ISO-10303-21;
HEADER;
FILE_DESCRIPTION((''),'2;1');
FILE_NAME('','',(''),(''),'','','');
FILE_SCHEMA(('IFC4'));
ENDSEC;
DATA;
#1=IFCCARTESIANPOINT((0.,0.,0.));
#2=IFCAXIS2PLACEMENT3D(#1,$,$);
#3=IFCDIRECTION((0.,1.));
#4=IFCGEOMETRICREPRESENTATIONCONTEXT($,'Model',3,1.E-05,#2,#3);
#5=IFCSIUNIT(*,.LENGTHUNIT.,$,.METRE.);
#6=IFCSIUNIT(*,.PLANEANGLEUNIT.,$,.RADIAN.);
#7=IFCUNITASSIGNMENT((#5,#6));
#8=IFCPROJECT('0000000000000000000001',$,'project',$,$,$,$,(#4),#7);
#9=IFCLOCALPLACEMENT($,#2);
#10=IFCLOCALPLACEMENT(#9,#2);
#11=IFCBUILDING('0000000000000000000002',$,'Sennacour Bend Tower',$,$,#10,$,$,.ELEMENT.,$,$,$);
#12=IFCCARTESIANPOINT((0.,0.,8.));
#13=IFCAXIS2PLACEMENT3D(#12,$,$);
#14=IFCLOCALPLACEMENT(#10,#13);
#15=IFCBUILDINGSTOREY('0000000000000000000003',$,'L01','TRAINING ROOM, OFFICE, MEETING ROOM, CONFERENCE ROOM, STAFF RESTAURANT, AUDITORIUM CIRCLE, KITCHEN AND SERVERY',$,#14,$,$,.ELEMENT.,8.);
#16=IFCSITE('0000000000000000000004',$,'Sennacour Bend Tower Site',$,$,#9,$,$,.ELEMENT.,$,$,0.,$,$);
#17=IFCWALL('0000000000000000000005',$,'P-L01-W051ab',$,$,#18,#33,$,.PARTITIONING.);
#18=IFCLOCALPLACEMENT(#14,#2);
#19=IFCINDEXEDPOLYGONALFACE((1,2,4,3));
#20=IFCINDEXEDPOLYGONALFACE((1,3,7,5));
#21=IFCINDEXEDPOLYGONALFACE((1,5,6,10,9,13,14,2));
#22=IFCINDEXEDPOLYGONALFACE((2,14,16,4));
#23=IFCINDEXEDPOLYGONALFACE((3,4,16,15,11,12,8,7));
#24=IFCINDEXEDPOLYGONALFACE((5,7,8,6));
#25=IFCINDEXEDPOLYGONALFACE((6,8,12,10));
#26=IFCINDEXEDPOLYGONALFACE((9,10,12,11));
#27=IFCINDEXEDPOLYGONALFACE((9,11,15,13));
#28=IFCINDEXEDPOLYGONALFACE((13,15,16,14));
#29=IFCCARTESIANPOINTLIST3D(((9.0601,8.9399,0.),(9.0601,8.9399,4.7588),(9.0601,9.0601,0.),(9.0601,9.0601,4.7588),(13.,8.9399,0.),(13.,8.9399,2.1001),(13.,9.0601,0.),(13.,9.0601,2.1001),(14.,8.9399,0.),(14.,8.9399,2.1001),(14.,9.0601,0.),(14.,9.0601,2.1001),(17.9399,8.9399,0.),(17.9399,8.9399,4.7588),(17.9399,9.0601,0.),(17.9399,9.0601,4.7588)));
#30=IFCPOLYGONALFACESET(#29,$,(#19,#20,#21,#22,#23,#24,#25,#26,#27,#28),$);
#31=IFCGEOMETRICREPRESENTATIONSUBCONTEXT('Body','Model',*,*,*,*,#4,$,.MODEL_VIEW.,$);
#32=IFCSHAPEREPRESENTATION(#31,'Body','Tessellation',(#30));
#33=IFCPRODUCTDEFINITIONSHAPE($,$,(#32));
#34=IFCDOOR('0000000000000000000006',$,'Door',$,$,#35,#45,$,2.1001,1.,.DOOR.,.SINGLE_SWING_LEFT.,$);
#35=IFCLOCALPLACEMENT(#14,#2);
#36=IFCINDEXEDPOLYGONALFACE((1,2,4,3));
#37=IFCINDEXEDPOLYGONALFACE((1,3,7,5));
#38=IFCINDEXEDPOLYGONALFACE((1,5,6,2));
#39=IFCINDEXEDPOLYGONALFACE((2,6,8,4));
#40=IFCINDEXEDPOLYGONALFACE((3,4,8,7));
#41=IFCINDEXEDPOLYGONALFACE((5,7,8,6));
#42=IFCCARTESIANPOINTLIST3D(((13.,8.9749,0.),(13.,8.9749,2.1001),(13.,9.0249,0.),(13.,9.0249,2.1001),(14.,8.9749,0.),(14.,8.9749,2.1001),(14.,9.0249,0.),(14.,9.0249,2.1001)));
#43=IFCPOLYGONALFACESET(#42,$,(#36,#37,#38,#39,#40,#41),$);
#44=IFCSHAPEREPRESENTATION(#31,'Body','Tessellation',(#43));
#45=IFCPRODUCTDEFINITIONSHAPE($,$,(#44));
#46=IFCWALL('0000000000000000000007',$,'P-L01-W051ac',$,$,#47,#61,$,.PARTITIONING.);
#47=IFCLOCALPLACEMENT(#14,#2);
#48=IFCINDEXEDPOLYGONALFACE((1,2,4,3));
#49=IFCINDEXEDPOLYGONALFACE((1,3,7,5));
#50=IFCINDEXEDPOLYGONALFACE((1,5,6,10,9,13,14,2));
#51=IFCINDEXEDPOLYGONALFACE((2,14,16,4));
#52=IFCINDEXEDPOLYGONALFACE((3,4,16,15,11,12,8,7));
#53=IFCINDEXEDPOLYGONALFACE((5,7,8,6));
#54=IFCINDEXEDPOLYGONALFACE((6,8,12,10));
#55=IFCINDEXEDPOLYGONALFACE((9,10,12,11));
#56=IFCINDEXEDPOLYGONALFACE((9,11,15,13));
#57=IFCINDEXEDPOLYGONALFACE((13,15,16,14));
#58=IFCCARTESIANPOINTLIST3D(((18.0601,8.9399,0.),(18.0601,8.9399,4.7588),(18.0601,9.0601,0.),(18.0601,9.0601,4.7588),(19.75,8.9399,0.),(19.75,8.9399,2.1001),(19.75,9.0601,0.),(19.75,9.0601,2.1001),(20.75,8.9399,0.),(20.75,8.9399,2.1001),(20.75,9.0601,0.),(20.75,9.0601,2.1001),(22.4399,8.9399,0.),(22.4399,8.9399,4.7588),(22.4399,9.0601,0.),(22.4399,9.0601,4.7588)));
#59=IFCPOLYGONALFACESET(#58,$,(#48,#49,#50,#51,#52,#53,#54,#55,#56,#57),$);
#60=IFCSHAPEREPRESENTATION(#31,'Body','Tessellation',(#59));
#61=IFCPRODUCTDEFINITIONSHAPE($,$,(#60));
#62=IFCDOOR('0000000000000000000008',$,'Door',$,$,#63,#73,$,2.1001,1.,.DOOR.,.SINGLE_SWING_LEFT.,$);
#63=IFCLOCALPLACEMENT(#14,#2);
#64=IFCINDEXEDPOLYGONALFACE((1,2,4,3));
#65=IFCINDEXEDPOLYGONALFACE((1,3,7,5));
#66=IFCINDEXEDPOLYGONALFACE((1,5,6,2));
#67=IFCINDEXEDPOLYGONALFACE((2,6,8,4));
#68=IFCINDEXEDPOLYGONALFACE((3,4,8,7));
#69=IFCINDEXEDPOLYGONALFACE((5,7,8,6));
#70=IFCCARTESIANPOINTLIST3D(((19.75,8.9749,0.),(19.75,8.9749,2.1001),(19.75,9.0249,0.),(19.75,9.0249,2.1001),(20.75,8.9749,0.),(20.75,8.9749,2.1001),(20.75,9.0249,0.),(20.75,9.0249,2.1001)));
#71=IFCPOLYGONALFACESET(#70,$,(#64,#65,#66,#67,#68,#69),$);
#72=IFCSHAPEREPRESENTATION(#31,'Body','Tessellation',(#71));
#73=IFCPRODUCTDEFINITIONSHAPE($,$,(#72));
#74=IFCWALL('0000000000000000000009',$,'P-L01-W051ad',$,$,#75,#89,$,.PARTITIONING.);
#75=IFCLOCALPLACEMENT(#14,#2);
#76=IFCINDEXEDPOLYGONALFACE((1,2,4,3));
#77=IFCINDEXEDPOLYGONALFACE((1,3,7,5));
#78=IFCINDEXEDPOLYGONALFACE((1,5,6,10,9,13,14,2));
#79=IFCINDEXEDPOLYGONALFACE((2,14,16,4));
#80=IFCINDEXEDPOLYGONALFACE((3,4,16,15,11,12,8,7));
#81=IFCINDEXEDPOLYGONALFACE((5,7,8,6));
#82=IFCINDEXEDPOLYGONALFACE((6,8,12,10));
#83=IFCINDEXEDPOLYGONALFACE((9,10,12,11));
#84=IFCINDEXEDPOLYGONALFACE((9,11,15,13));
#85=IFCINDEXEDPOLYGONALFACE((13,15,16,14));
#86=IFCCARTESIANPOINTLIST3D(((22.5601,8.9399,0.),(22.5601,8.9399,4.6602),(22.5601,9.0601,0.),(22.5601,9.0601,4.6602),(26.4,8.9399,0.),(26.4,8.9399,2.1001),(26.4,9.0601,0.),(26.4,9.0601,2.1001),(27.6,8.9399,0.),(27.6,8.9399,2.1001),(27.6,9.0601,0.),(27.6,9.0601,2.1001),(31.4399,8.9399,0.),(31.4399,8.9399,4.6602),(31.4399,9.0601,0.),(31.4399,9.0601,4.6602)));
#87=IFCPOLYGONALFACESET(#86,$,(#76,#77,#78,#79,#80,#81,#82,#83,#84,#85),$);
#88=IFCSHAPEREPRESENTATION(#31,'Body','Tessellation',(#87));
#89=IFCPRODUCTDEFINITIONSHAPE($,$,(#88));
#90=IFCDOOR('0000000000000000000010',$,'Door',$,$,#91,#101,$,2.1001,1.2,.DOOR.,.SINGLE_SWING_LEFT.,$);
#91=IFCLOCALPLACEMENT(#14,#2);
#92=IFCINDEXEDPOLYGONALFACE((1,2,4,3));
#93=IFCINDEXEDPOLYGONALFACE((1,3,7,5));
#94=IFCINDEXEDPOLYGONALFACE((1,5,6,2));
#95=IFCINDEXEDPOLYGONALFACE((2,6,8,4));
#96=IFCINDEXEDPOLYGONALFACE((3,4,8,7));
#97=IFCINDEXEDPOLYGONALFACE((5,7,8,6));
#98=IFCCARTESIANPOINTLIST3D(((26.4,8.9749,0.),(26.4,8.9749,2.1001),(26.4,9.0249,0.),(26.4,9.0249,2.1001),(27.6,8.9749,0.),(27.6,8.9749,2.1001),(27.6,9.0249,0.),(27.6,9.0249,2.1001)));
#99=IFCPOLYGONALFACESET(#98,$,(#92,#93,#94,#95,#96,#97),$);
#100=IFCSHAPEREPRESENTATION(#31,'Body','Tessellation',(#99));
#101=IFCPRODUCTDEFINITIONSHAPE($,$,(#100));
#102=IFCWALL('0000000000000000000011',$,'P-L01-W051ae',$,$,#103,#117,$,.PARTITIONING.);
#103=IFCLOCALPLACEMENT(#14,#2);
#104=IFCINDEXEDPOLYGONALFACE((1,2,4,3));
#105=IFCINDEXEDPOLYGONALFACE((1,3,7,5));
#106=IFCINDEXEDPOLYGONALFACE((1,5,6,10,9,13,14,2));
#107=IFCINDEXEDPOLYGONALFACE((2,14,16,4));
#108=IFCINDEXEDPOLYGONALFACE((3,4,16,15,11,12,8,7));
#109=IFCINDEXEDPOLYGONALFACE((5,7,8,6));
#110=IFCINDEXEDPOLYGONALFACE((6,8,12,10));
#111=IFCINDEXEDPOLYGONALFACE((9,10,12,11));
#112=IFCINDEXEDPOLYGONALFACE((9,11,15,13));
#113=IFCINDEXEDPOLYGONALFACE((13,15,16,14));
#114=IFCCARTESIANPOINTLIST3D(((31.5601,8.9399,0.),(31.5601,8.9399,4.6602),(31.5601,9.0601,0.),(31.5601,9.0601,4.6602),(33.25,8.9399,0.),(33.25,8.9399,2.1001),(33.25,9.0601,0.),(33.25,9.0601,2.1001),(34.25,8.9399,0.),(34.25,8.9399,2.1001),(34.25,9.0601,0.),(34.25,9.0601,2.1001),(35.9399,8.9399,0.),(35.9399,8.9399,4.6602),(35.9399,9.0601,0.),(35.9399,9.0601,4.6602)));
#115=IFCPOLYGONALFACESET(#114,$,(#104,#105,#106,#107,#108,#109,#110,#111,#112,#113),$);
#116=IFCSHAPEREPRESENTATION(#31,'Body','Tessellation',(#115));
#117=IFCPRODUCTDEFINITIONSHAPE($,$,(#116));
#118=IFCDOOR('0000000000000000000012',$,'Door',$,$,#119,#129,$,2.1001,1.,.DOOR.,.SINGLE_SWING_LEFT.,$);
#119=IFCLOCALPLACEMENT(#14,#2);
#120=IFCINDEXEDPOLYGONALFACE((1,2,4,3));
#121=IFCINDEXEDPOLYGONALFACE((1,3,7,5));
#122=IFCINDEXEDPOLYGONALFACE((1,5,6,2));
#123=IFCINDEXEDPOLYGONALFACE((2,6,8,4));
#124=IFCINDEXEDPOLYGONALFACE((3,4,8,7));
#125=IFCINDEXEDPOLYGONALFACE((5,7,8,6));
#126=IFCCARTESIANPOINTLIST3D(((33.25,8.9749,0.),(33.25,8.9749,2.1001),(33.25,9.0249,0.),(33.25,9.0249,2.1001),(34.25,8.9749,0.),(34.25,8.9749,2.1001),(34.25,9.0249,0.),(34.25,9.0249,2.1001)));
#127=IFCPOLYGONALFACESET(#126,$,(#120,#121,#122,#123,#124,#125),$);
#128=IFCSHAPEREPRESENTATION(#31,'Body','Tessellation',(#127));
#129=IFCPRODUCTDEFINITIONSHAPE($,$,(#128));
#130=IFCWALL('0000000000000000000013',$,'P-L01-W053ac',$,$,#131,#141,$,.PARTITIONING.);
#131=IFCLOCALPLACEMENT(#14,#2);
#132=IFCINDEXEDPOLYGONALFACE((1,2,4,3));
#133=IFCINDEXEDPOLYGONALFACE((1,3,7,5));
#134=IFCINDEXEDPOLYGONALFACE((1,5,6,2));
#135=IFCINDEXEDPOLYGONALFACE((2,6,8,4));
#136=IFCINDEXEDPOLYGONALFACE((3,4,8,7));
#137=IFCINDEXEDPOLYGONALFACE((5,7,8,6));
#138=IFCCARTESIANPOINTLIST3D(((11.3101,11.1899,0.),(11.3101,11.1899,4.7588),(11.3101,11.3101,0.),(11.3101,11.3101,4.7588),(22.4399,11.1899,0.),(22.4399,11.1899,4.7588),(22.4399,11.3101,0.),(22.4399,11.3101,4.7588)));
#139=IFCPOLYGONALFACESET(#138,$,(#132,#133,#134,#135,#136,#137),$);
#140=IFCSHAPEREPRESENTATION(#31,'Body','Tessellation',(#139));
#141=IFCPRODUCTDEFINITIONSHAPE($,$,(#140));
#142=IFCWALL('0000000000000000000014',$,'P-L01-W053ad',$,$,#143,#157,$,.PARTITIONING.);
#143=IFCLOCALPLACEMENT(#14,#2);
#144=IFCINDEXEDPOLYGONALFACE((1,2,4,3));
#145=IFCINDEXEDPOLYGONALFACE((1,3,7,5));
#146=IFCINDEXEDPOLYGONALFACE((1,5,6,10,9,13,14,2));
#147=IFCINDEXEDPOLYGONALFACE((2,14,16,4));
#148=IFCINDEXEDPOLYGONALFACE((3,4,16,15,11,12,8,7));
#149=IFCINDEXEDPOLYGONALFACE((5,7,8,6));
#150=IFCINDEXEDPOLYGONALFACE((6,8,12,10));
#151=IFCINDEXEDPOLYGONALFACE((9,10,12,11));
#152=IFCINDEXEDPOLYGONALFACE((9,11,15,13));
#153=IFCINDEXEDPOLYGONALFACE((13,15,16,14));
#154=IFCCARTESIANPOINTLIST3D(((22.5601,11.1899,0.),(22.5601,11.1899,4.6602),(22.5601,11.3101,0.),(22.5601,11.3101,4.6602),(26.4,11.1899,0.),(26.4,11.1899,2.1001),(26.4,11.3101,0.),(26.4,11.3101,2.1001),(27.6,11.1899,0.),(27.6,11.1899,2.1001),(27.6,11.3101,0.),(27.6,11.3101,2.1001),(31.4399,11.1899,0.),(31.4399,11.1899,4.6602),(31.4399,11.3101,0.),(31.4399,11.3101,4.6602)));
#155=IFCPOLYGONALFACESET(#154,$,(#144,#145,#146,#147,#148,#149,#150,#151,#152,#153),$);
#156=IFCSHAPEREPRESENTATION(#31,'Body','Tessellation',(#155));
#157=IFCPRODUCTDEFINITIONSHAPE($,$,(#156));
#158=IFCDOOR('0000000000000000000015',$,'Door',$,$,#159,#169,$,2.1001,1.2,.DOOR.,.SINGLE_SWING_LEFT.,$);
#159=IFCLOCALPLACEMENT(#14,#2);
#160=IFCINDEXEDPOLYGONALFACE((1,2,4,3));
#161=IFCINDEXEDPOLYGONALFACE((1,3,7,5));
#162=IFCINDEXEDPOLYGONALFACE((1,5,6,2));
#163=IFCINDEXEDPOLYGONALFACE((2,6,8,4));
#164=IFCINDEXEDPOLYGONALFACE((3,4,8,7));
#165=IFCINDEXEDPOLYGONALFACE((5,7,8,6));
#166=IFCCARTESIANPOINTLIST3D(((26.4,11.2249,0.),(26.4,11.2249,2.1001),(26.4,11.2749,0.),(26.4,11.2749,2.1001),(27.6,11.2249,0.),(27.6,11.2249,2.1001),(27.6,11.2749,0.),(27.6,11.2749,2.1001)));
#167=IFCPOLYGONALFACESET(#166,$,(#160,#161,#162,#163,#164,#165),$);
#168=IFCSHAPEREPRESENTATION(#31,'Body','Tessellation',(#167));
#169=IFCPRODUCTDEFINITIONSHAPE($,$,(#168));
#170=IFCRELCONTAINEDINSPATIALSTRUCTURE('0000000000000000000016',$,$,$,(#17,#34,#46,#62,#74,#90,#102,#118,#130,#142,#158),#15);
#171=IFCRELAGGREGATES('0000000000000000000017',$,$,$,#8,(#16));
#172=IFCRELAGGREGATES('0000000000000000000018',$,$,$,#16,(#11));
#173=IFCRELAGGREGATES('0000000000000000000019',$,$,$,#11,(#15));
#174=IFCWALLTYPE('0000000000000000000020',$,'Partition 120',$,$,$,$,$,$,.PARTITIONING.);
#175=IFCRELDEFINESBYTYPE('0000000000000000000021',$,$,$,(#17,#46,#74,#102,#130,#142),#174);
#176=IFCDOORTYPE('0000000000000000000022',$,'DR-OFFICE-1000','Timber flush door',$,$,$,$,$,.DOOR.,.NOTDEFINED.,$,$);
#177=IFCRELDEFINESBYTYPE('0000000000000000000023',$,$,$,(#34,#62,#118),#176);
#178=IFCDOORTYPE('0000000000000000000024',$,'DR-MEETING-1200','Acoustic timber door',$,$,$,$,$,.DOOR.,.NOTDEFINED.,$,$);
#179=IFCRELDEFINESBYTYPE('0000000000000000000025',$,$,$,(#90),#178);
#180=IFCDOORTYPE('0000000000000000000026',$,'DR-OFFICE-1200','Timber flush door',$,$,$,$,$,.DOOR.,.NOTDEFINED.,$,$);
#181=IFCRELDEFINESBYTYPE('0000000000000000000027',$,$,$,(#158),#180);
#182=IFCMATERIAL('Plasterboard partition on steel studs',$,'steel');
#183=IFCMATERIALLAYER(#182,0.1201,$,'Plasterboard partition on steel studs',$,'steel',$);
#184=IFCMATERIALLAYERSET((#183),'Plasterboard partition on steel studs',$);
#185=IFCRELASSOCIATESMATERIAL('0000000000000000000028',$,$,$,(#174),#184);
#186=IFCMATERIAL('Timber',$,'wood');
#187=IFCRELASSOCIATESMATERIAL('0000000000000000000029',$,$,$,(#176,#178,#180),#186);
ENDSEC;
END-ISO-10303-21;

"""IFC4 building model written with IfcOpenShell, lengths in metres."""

from ifc_helpers import new_model, si_unit, direction, frame, frame_2d, origin, place, context, subcontext, project, spatial, rectangle, extrude, material, layer, layer_set, type_object, element, fill, save


model = new_model("IFC4")

# Units and contexts
model_context = context("Model", 3, precision=1e-05, world=origin(), true_north=direction((0.0, 1.0)))
body_context = subcontext(model_context, "Body", "Model", "MODEL_VIEW")
ifc_project = project(units=[si_unit("LENGTHUNIT", "METRE"), si_unit("PLANEANGLEUNIT", "RADIAN")], contexts=[model_context])

# Site, building, storey
site_placement = place(None, origin())
site = spatial("IfcSite", under=ifc_project, at=site_placement, Name="Sennacour Bend Tower Site", CompositionType="ELEMENT", RefElevation=0.0)
building_placement = place(site_placement, origin())
building = spatial("IfcBuilding", under=site, at=building_placement, Name="Sennacour Bend Tower", CompositionType="ELEMENT")
storey_placement = place(building_placement, frame((0.0, 0.0, 8.0)))
storey = spatial("IfcBuildingStorey", under=building, at=storey_placement, Name="L01", Description="TRAINING ROOM, OFFICE, MEETING ROOM, CONFERENCE ROOM, STAFF RESTAURANT, AUDITORIUM CIRCLE, KITCHEN AND SERVERY", CompositionType="ELEMENT", Elevation=8.0)

# Shared definitions
ifc_material_1 = material(Name="Plasterboard partition on steel studs", Category="steel")
ifc_layer_1 = layer(ifc_material_1, 0.1201, Name="Plasterboard partition on steel studs", Category="steel")
ifc_layer_set_1 = layer_set([ifc_layer_1], Name="Plasterboard partition on steel studs")
wall_type_1 = type_object("IfcWallType", Name="Partition 120", PredefinedType="PARTITIONING", material=ifc_layer_set_1)

# Shared definitions
ifc_material_2 = material(Name="Timber", Category="wood")
door_type_1 = type_object("IfcDoorType", Name="DR-OFFICE-1000", Description="Timber flush door", OperationType="NOTDEFINED", PredefinedType="DOOR", material=ifc_material_2)

# Walls, openings, doors
wall_1_placement = place(storey_placement, frame((9.0601, 9.0, 0.0), z_axis=(0.0, 0.0, 1.0), x_axis=(1.0, 0.0, 0.0)))
wall_1 = element("IfcWall", 1, at=wall_1_placement, inside=storey, type_object=wall_type_1, Name="P-L01-W051ab", PredefinedType="PARTITIONING", context=body_context, shape_type="SweptSolid", body=[
    extrude(rectangle(XDim=8.8799, YDim=0.1201, at=frame_2d((4.4399, 0.0))), origin(), (0.0, 0.0, 1.0), 4.7588),
])
opening_1_placement = place(wall_1_placement, frame((3.9399, 0.0, 0.0)))
opening_1 = element("IfcOpeningElement", 2, at=opening_1_placement, cuts=wall_1, PredefinedType="OPENING", context=body_context, shape_type="SweptSolid", body=[
    extrude(rectangle(XDim=1.0, YDim=2.1001, at=frame_2d((0.5, 1.05))), frame((0.0, 0.0701, 0.0), z_axis=(0.0, -1.0, 0.0), x_axis=(1.0, 0.0, 0.0)), (0.0, 0.0, 1.0), 0.1401),
])
door_1_placement = place(opening_1_placement, origin())
door_1 = element("IfcDoor", 3, at=door_1_placement, inside=storey, type_object=door_type_1, Name="Door", OperationType="SINGLE_SWING_LEFT", OverallHeight=2.1001, OverallWidth=1.0, PredefinedType="DOOR", context=body_context, shape_type="SweptSolid", body=[
    extrude(rectangle(XDim=1.0, YDim=2.1001, at=frame_2d((0.5, 1.05))), frame((0.0, 0.0249, 0.0), z_axis=(0.0, -1.0, 0.0), x_axis=(1.0, 0.0, 0.0)), (0.0, 0.0, 1.0), 0.05),
])
fill(opening_1, door_1)
wall_2_placement = place(storey_placement, frame((18.0601, 9.0, 0.0), z_axis=(0.0, 0.0, 1.0), x_axis=(1.0, 0.0, 0.0)))
wall_2 = element("IfcWall", 4, at=wall_2_placement, inside=storey, type_object=wall_type_1, Name="P-L01-W051ac", PredefinedType="PARTITIONING", context=body_context, shape_type="SweptSolid", body=[
    extrude(rectangle(XDim=4.3799, YDim=0.1201, at=frame_2d((2.1899, 0.0))), origin(), (0.0, 0.0, 1.0), 4.7588),
])
opening_2_placement = place(wall_2_placement, frame((1.6899, 0.0, 0.0)))
opening_2 = element("IfcOpeningElement", 5, at=opening_2_placement, cuts=wall_2, PredefinedType="OPENING", context=body_context, shape_type="SweptSolid", body=[
    extrude(rectangle(XDim=1.0, YDim=2.1001, at=frame_2d((0.5, 1.05))), frame((0.0, 0.0701, 0.0), z_axis=(0.0, -1.0, 0.0), x_axis=(1.0, 0.0, 0.0)), (0.0, 0.0, 1.0), 0.1401),
])
door_2_placement = place(opening_2_placement, origin())
door_2 = element("IfcDoor", 6, at=door_2_placement, inside=storey, type_object=door_type_1, Name="Door", OperationType="SINGLE_SWING_LEFT", OverallHeight=2.1001, OverallWidth=1.0, PredefinedType="DOOR", context=body_context, shape_type="SweptSolid", body=[
    extrude(rectangle(XDim=1.0, YDim=2.1001, at=frame_2d((0.5, 1.05))), frame((0.0, 0.0249, 0.0), z_axis=(0.0, -1.0, 0.0), x_axis=(1.0, 0.0, 0.0)), (0.0, 0.0, 1.0), 0.05),
])
fill(opening_2, door_2)
wall_3_placement = place(storey_placement, frame((22.5601, 9.0, 0.0), z_axis=(0.0, 0.0, 1.0), x_axis=(1.0, 0.0, 0.0)))
wall_3 = element("IfcWall", 7, at=wall_3_placement, inside=storey, type_object=wall_type_1, Name="P-L01-W051ad", PredefinedType="PARTITIONING", context=body_context, shape_type="SweptSolid", body=[
    extrude(rectangle(XDim=8.8799, YDim=0.1201, at=frame_2d((4.4399, 0.0))), origin(), (0.0, 0.0, 1.0), 4.6602),
])
opening_3_placement = place(wall_3_placement, frame((3.8398, 0.0, 0.0)))
opening_3 = element("IfcOpeningElement", 8, at=opening_3_placement, cuts=wall_3, PredefinedType="OPENING", context=body_context, shape_type="SweptSolid", body=[
    extrude(rectangle(XDim=1.2, YDim=2.1001, at=frame_2d((0.6001, 1.05))), frame((0.0, 0.0701, 0.0), z_axis=(0.0, -1.0, 0.0), x_axis=(1.0, 0.0, 0.0)), (0.0, 0.0, 1.0), 0.1401),
])
door_type_2 = type_object("IfcDoorType", Name="DR-MEETING-1200", Description="Acoustic timber door", OperationType="NOTDEFINED", PredefinedType="DOOR", material=ifc_material_2)
door_3_placement = place(opening_3_placement, origin())
door_3 = element("IfcDoor", 9, at=door_3_placement, inside=storey, type_object=door_type_2, Name="Door", OperationType="SINGLE_SWING_LEFT", OverallHeight=2.1001, OverallWidth=1.2, PredefinedType="DOOR", context=body_context, shape_type="SweptSolid", body=[
    extrude(rectangle(XDim=1.2, YDim=2.1001, at=frame_2d((0.6001, 1.05))), frame((0.0, 0.0249, 0.0), z_axis=(0.0, -1.0, 0.0), x_axis=(1.0, 0.0, 0.0)), (0.0, 0.0, 1.0), 0.05),
])
fill(opening_3, door_3)
wall_4_placement = place(storey_placement, frame((31.5601, 9.0, 0.0), z_axis=(0.0, 0.0, 1.0), x_axis=(1.0, 0.0, 0.0)))
wall_4 = element("IfcWall", 10, at=wall_4_placement, inside=storey, type_object=wall_type_1, Name="P-L01-W051ae", PredefinedType="PARTITIONING", context=body_context, shape_type="SweptSolid", body=[
    extrude(rectangle(XDim=4.3799, YDim=0.1201, at=frame_2d((2.1899, 0.0))), origin(), (0.0, 0.0, 1.0), 4.6602),
])
opening_4_placement = place(wall_4_placement, frame((1.6899, 0.0, 0.0)))
opening_4 = element("IfcOpeningElement", 11, at=opening_4_placement, cuts=wall_4, PredefinedType="OPENING", context=body_context, shape_type="SweptSolid", body=[
    extrude(rectangle(XDim=1.0, YDim=2.1001, at=frame_2d((0.5, 1.05))), frame((0.0, 0.0701, 0.0), z_axis=(0.0, -1.0, 0.0), x_axis=(1.0, 0.0, 0.0)), (0.0, 0.0, 1.0), 0.1401),
])
door_4_placement = place(opening_4_placement, origin())
door_4 = element("IfcDoor", 12, at=door_4_placement, inside=storey, type_object=door_type_1, Name="Door", OperationType="SINGLE_SWING_LEFT", OverallHeight=2.1001, OverallWidth=1.0, PredefinedType="DOOR", context=body_context, shape_type="SweptSolid", body=[
    extrude(rectangle(XDim=1.0, YDim=2.1001, at=frame_2d((0.5, 1.05))), frame((0.0, 0.0249, 0.0), z_axis=(0.0, -1.0, 0.0), x_axis=(1.0, 0.0, 0.0)), (0.0, 0.0, 1.0), 0.05),
])
fill(opening_4, door_4)

# Wall
wall_5_placement = place(storey_placement, frame((11.3101, 11.25, 0.0), z_axis=(0.0, 0.0, 1.0), x_axis=(1.0, 0.0, 0.0)))
element("IfcWall", 13, at=wall_5_placement, inside=storey, type_object=wall_type_1, Name="P-L01-W053ac", PredefinedType="PARTITIONING", context=body_context, shape_type="SweptSolid", body=[
    extrude(rectangle(XDim=11.1299, YDim=0.1201, at=frame_2d((5.5649, 0.0))), origin(), (0.0, 0.0, 1.0), 4.7588),
])

# Wall, opening, door
wall_6_placement = place(storey_placement, frame((22.5601, 11.25, 0.0), z_axis=(0.0, 0.0, 1.0), x_axis=(1.0, 0.0, 0.0)))
wall_6 = element("IfcWall", 14, at=wall_6_placement, inside=storey, type_object=wall_type_1, Name="P-L01-W053ad", PredefinedType="PARTITIONING", context=body_context, shape_type="SweptSolid", body=[
    extrude(rectangle(XDim=8.8799, YDim=0.1201, at=frame_2d((4.4399, 0.0))), origin(), (0.0, 0.0, 1.0), 4.6602),
])
opening_5_placement = place(wall_6_placement, frame((3.8398, 0.0, 0.0)))
opening_5 = element("IfcOpeningElement", 15, at=opening_5_placement, cuts=wall_6, PredefinedType="OPENING", context=body_context, shape_type="SweptSolid", body=[
    extrude(rectangle(XDim=1.2, YDim=2.1001, at=frame_2d((0.6001, 1.05))), frame((0.0, 0.0701, 0.0), z_axis=(0.0, -1.0, 0.0), x_axis=(1.0, 0.0, 0.0)), (0.0, 0.0, 1.0), 0.1401),
])
door_type_3 = type_object("IfcDoorType", Name="DR-OFFICE-1200", Description="Timber flush door", OperationType="NOTDEFINED", PredefinedType="DOOR", material=ifc_material_2)
door_5_placement = place(opening_5_placement, origin())
door_5 = element("IfcDoor", 16, at=door_5_placement, inside=storey, type_object=door_type_3, Name="Door", OperationType="SINGLE_SWING_LEFT", OverallHeight=2.1001, OverallWidth=1.2, PredefinedType="DOOR", context=body_context, shape_type="SweptSolid", body=[
    extrude(rectangle(XDim=1.2, YDim=2.1001, at=frame_2d((0.6001, 1.05))), frame((0.0, 0.0249, 0.0), z_axis=(0.0, -1.0, 0.0), x_axis=(1.0, 0.0, 0.0)), (0.0, 0.0, 1.0), 0.05),
])
fill(opening_5, door_5)

save(model, "model.ifc")
